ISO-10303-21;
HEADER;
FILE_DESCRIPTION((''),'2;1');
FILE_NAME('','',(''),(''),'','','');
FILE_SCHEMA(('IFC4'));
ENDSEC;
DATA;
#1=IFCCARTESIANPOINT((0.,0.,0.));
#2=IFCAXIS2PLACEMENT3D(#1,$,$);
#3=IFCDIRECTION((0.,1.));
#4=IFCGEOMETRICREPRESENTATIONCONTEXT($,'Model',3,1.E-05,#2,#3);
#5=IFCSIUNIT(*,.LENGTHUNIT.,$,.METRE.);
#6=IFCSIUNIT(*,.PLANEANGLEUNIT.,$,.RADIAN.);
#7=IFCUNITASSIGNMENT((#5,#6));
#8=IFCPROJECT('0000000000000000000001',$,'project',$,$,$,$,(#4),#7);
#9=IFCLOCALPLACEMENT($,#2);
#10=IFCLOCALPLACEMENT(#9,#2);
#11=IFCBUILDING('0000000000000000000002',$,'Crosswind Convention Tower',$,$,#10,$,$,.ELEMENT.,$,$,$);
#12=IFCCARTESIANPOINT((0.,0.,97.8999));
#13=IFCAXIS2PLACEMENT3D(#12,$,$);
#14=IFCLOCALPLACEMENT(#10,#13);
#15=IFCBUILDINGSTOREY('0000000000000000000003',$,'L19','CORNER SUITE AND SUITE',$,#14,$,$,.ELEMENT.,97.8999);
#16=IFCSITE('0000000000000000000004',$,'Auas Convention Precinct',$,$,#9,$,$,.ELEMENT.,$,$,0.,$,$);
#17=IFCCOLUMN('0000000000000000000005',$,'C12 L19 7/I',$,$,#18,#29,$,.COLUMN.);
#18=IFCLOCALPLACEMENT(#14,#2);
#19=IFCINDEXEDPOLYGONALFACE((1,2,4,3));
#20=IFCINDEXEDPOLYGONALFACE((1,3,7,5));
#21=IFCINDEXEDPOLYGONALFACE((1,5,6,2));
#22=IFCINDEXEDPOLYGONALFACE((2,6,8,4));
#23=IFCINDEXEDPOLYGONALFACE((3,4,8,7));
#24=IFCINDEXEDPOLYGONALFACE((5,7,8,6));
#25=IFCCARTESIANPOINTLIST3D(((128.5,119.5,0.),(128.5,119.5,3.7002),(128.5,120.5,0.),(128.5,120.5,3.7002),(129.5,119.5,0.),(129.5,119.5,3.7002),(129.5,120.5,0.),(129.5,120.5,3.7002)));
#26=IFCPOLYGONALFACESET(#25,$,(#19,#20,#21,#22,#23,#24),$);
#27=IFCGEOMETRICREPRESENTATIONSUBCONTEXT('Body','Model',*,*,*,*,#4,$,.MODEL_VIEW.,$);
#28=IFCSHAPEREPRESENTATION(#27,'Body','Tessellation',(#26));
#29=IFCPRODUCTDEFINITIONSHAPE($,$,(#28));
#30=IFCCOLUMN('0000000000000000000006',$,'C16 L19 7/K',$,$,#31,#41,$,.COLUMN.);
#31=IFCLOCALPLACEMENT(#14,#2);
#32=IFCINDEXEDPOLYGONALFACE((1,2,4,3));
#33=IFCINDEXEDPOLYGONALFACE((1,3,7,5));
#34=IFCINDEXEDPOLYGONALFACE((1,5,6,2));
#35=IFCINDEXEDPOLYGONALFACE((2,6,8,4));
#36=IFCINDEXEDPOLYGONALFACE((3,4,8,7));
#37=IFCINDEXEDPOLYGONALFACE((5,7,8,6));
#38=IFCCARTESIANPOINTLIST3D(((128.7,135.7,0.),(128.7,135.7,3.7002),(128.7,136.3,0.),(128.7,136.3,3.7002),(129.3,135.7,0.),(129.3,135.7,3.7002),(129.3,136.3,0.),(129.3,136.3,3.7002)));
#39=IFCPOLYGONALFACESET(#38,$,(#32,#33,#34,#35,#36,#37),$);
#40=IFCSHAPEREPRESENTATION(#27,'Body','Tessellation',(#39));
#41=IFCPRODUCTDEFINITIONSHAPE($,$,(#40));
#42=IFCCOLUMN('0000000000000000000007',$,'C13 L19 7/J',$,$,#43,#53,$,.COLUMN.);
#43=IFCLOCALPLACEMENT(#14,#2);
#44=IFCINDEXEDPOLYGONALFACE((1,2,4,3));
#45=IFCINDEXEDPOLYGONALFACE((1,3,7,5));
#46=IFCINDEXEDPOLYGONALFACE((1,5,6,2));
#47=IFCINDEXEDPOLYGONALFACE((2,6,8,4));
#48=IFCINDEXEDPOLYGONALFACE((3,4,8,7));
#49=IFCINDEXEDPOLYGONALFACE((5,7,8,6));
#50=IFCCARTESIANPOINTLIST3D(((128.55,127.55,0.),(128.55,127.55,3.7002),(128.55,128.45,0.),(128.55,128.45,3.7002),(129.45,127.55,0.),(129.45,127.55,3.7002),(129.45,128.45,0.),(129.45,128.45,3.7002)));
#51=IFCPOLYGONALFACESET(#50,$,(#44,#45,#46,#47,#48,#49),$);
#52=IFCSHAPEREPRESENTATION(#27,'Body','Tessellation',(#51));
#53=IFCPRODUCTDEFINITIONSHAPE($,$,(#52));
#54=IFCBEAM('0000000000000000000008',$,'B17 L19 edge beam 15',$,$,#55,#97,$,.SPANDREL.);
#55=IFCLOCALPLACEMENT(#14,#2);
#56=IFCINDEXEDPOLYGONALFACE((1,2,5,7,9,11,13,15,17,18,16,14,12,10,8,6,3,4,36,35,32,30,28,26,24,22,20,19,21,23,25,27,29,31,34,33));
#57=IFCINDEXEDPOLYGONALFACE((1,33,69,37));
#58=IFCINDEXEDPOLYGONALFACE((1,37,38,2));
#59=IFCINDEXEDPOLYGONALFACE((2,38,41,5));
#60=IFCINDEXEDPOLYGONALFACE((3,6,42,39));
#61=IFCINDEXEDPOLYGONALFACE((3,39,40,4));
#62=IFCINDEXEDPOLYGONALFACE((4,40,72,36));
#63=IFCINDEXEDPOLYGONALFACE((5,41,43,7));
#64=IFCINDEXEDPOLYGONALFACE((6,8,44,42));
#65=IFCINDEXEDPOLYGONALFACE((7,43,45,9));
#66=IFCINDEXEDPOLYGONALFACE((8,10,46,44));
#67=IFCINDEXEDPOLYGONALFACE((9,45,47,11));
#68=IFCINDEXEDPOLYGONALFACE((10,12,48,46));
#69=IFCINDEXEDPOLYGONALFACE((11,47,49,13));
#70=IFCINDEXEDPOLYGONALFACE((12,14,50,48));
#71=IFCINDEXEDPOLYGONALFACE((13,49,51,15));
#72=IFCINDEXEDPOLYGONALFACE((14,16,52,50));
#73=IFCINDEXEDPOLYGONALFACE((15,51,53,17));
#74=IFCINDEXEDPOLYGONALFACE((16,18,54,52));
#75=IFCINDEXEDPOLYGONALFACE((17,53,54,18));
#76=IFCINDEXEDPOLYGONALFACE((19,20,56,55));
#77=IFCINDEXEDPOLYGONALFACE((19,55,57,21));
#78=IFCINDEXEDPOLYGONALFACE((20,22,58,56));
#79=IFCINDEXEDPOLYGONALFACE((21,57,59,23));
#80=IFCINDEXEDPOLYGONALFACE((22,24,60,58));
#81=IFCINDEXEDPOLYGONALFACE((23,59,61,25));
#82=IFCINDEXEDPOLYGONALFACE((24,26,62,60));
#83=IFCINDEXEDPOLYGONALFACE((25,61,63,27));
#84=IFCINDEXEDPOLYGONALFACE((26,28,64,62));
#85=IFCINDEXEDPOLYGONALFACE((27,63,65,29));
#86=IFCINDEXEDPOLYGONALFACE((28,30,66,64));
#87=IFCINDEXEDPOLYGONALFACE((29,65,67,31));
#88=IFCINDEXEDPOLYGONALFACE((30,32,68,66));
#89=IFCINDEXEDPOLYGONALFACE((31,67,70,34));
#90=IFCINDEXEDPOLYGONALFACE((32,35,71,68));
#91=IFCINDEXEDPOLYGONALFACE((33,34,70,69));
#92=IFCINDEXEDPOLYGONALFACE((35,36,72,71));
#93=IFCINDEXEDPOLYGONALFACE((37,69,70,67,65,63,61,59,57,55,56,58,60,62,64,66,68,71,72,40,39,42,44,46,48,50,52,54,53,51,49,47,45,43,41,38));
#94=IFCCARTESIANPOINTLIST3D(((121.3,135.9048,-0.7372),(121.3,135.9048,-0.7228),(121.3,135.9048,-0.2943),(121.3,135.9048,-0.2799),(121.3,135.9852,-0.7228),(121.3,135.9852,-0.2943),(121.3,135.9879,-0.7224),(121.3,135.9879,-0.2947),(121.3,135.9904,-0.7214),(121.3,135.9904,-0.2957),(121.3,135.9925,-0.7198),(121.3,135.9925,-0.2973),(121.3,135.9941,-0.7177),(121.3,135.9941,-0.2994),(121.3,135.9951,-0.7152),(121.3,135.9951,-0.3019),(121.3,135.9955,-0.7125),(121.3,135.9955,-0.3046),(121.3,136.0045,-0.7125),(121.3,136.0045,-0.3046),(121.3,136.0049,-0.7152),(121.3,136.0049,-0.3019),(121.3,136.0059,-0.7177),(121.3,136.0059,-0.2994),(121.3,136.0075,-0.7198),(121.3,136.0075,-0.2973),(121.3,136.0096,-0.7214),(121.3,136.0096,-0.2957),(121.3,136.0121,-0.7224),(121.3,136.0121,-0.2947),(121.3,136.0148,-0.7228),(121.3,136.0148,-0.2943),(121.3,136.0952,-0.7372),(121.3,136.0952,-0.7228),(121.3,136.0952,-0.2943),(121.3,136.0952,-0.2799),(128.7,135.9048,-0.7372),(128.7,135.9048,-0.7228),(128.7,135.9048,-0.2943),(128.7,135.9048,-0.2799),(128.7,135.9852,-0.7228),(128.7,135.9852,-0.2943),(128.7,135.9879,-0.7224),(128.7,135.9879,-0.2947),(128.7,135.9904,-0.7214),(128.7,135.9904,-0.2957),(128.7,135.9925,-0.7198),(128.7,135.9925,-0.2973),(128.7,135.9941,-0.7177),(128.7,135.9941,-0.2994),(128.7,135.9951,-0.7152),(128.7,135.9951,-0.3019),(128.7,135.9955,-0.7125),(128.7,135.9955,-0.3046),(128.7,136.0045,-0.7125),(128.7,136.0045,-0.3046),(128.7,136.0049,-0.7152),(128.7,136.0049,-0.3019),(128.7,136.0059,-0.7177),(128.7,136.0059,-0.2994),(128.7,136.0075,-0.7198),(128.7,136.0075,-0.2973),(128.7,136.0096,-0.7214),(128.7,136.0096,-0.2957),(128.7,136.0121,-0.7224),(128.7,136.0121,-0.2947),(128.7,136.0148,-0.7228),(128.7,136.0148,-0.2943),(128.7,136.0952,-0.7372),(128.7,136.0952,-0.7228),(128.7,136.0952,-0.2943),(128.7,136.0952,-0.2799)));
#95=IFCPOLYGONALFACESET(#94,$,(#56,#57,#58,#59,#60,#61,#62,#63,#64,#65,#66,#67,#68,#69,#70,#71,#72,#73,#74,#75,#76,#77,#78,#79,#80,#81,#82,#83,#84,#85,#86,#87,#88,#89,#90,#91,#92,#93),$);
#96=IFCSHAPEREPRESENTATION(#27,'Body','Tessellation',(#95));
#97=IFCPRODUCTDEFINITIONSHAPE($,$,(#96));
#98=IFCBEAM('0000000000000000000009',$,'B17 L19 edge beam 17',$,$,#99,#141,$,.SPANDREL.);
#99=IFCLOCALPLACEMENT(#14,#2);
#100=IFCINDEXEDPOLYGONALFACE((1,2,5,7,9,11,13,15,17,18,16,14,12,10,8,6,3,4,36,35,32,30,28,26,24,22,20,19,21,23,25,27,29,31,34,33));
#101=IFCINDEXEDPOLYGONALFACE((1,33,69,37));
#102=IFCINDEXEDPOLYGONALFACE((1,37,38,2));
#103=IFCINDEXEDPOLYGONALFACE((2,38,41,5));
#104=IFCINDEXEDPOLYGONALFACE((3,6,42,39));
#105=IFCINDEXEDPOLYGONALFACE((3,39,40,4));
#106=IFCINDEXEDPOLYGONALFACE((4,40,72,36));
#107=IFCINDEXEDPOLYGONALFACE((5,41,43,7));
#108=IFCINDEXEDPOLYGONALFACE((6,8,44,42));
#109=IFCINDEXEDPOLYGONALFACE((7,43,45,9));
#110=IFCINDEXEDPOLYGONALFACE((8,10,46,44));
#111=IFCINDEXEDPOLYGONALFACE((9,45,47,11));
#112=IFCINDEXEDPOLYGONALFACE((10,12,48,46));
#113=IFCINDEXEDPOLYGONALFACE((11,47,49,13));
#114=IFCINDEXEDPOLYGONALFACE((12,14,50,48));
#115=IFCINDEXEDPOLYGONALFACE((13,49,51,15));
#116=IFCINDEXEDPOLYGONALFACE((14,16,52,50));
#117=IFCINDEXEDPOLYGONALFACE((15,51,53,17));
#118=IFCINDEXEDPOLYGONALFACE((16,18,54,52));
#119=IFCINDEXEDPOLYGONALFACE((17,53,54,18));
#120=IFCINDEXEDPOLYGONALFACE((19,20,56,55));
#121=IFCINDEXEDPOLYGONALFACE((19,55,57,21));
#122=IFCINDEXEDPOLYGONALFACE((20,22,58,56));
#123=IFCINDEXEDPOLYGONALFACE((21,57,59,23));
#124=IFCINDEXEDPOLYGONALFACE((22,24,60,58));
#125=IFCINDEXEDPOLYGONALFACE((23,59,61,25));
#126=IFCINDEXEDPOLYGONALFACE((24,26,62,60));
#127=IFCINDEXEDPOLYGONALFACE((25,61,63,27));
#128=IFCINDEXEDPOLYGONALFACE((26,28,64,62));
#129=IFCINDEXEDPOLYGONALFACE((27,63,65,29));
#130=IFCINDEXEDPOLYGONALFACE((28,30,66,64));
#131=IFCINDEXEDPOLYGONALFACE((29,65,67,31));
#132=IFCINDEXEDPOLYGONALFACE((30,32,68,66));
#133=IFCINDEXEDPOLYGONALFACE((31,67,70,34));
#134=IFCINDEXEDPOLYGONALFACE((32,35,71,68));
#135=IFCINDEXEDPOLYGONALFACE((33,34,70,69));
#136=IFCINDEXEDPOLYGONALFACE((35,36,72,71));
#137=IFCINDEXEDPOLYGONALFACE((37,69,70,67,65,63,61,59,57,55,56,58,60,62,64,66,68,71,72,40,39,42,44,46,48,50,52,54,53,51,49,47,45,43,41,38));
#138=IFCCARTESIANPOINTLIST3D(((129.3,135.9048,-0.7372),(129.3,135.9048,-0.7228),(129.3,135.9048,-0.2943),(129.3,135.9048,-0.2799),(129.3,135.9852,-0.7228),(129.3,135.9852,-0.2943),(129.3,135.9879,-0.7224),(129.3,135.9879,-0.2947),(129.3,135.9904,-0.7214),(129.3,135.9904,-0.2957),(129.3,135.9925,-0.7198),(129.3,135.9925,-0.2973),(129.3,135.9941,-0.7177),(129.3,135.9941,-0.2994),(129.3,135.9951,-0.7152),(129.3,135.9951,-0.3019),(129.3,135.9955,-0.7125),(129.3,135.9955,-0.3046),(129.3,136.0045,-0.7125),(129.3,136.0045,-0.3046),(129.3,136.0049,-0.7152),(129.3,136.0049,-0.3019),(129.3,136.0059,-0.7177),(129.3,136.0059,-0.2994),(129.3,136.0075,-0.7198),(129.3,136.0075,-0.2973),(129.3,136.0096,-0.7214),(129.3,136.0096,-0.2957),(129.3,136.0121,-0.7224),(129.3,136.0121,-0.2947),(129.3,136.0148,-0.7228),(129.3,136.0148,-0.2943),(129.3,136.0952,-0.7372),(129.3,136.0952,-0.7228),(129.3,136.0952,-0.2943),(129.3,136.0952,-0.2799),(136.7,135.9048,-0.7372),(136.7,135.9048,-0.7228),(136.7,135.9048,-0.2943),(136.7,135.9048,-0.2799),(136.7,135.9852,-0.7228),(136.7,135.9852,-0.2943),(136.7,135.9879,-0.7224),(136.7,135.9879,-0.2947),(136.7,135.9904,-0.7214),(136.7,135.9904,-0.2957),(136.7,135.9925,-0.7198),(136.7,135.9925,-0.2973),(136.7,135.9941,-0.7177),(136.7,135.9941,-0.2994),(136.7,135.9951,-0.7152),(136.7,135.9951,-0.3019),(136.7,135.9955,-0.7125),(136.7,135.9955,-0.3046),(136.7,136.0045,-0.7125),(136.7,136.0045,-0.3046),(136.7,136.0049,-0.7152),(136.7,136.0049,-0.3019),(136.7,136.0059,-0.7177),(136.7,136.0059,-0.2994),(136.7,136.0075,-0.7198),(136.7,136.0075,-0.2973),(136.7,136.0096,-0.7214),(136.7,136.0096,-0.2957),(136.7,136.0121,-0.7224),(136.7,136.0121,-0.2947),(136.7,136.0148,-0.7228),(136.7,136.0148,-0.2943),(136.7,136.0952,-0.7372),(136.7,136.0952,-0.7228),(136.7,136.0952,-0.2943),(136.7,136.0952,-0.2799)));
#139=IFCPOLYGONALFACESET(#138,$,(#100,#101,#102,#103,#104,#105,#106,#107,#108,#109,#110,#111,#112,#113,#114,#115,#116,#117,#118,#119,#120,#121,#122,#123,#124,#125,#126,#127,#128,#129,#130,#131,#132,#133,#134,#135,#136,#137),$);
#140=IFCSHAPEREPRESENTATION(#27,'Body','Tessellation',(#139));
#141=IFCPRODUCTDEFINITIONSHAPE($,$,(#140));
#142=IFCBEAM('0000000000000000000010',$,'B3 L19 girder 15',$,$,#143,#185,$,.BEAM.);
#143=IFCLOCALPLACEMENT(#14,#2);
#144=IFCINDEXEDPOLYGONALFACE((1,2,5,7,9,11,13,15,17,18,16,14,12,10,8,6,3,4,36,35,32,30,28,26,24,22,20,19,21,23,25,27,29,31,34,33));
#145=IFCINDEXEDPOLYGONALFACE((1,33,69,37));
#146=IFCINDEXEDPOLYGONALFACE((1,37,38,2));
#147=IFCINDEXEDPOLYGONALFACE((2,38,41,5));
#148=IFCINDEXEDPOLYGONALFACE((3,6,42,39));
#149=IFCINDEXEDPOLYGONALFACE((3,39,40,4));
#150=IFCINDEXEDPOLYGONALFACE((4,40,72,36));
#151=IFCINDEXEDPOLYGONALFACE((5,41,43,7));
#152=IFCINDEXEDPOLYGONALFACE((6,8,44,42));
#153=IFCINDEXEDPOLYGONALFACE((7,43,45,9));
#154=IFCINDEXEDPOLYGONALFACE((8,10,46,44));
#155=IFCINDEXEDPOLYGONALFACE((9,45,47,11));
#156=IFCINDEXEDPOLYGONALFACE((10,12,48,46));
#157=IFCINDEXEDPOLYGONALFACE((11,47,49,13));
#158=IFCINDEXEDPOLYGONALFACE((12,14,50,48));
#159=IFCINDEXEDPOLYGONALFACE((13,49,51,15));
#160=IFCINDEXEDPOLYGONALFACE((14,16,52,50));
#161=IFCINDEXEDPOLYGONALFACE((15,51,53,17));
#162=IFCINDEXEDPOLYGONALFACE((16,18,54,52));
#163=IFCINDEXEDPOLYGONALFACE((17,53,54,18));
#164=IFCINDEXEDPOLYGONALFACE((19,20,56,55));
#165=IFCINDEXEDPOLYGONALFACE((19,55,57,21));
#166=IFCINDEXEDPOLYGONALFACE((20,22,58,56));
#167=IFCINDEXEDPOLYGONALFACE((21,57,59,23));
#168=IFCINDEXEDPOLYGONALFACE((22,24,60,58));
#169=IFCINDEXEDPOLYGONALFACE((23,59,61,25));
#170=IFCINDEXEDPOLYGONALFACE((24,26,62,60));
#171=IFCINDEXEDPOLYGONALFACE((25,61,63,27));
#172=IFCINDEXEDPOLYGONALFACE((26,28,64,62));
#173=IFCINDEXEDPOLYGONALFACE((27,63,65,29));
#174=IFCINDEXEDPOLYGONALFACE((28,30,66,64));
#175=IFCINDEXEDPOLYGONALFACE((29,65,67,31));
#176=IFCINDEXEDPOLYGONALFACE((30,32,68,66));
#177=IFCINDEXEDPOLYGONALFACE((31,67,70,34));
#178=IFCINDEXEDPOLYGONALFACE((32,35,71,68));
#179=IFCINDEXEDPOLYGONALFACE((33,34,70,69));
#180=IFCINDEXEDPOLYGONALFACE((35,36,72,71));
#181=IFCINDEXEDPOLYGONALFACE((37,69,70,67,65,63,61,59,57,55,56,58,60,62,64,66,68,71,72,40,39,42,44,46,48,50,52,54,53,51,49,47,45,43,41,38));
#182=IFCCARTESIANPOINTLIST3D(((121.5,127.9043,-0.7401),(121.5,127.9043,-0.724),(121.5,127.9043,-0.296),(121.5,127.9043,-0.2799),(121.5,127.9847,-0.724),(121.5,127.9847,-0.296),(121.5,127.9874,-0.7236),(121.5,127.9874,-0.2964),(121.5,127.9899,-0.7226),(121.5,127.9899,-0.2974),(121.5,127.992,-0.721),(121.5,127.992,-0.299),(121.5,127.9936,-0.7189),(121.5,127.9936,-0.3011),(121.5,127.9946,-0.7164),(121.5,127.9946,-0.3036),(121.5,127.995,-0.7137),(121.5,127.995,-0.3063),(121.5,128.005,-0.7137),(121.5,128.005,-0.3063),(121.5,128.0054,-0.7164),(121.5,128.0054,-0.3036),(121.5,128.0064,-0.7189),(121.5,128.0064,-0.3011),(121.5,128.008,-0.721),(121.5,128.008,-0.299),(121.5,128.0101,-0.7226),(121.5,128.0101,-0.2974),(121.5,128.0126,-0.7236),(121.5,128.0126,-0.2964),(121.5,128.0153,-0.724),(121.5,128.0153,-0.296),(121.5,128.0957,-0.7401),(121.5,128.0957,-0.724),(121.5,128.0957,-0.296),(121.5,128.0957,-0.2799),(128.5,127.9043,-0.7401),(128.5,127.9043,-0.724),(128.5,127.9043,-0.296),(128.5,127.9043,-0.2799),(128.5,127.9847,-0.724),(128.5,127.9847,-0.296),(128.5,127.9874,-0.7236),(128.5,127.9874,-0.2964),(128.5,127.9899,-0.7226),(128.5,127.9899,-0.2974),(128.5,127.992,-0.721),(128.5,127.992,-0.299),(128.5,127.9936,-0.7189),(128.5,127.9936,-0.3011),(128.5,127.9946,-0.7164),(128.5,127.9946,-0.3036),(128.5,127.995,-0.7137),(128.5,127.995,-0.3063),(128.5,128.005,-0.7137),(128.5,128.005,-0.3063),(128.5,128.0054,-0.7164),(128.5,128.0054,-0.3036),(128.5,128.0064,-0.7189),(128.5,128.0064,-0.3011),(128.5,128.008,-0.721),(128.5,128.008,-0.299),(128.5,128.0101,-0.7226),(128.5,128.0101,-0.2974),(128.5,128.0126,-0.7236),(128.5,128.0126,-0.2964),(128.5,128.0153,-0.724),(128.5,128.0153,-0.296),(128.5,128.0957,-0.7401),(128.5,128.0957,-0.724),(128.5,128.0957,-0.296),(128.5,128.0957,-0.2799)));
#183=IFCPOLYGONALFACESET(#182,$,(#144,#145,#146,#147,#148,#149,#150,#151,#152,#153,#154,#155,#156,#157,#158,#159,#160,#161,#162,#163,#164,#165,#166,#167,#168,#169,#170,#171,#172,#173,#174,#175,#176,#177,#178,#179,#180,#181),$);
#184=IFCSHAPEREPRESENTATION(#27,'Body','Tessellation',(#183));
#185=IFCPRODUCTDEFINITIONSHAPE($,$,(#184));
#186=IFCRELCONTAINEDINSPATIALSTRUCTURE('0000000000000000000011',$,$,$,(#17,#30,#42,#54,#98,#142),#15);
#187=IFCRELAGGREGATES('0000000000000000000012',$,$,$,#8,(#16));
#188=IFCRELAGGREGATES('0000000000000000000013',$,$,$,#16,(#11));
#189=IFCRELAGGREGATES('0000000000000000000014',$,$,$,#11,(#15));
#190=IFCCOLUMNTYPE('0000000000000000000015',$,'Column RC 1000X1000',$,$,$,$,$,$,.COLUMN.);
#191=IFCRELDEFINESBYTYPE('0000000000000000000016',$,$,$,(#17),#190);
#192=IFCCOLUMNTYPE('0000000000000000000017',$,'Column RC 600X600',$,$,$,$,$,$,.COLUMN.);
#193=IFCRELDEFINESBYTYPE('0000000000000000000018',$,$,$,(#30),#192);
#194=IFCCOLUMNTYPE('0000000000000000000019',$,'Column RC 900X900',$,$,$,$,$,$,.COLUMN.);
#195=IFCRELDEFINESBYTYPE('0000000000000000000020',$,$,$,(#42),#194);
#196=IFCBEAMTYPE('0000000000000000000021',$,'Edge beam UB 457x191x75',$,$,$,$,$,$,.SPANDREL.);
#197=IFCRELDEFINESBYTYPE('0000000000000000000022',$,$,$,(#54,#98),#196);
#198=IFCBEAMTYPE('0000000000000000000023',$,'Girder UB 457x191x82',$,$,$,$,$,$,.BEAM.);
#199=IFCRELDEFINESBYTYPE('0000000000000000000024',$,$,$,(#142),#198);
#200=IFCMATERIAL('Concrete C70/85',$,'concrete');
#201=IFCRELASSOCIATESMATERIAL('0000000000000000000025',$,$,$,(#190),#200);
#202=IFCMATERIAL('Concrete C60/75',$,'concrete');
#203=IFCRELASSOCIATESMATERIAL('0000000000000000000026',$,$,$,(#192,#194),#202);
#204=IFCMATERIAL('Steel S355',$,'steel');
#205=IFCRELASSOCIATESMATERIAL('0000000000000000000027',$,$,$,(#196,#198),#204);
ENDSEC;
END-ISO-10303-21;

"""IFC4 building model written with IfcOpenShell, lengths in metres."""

from ifc_helpers import new_model, si_unit, direction, frame, origin, origin_2d, place, context, subcontext, project, spatial, rectangle, i_section, extrude, material, material_profile, profile_set, type_object, element, save


model = new_model("IFC4")

# Units and contexts
model_context = context("Model", 3, precision=1e-05, world=origin(), true_north=direction((0.0, 1.0)))
body_context = subcontext(model_context, "Body", "Model", "MODEL_VIEW")
ifc_project = project(units=[si_unit("LENGTHUNIT", "METRE"), si_unit("PLANEANGLEUNIT", "RADIAN")], contexts=[model_context])

# Site, building, storey
site_placement = place(None, origin())
site = spatial("IfcSite", under=ifc_project, at=site_placement, Name="Auas Convention Precinct", CompositionType="ELEMENT", RefElevation=0.0)
building_placement = place(site_placement, origin())
building = spatial("IfcBuilding", under=site, at=building_placement, Name="Crosswind Convention Tower", CompositionType="ELEMENT")
storey_placement = place(building_placement, frame((0.0, 0.0, 97.8999)))
storey = spatial("IfcBuildingStorey", under=building, at=storey_placement, Name="L19", Description="CORNER SUITE AND SUITE", CompositionType="ELEMENT", Elevation=97.8999)

# Columns
ifc_material_1 = material(Name="Concrete C70/85", Category="concrete")
ifc_material_profile_1 = material_profile(ifc_material_1, rectangle(XDim=1.0, YDim=1.0, at=origin_2d()), Name="RC 1000X1000")
ifc_profile_set_1 = profile_set([ifc_material_profile_1], Name="Concrete C70/85")
column_type_1 = type_object("IfcColumnType", Name="Column RC 1000X1000", PredefinedType="COLUMN", material=ifc_profile_set_1)
column_1_placement = place(storey_placement, frame((129.0, 120.0, 0.0), z_axis=(0.0, 0.0, 1.0), x_axis=(1.0, 0.0, 0.0)))
element("IfcColumn", 1, at=column_1_placement, inside=storey, type_object=column_type_1, Name="C12 L19 7/I", PredefinedType="COLUMN", context=body_context, shape_type="SweptSolid", body=[
    extrude(rectangle(XDim=1.0, YDim=1.0, at=origin_2d()), origin(), (0.0, 0.0, 1.0), 3.7002),
])
ifc_material_2 = material(Name="Concrete C60/75", Category="concrete")
ifc_material_profile_2 = material_profile(ifc_material_2, rectangle(XDim=0.6001, YDim=0.6001, at=origin_2d()), Name="RC 600X600")
ifc_profile_set_2 = profile_set([ifc_material_profile_2], Name="Concrete C60/75")
column_type_2 = type_object("IfcColumnType", Name="Column RC 600X600", PredefinedType="COLUMN", material=ifc_profile_set_2)
column_2_placement = place(storey_placement, frame((129.0, 136.0, 0.0), z_axis=(0.0, 0.0, 1.0), x_axis=(1.0, 0.0, 0.0)))
element("IfcColumn", 2, at=column_2_placement, inside=storey, type_object=column_type_2, Name="C16 L19 7/K", PredefinedType="COLUMN", context=body_context, shape_type="SweptSolid", body=[
    extrude(rectangle(XDim=0.6001, YDim=0.6001, at=origin_2d()), origin(), (0.0, 0.0, 1.0), 3.7002),
])
ifc_material_profile_3 = material_profile(ifc_material_2, rectangle(XDim=0.8999, YDim=0.8999, at=origin_2d()), Name="RC 900X900")
ifc_profile_set_3 = profile_set([ifc_material_profile_3], Name="Concrete C60/75")
column_type_3 = type_object("IfcColumnType", Name="Column RC 900X900", PredefinedType="COLUMN", material=ifc_profile_set_3)
column_3_placement = place(storey_placement, frame((129.0, 128.0, 0.0), z_axis=(0.0, 0.0, 1.0), x_axis=(1.0, 0.0, 0.0)))
element("IfcColumn", 3, at=column_3_placement, inside=storey, type_object=column_type_3, Name="C13 L19 7/J", PredefinedType="COLUMN", context=body_context, shape_type="SweptSolid", body=[
    extrude(rectangle(XDim=0.8999, YDim=0.8999, at=origin_2d()), origin(), (0.0, 0.0, 1.0), 3.7002),
])

# Beams
ifc_material_3 = material(Name="Steel S355", Category="steel")
ifc_material_profile_4 = material_profile(ifc_material_3, i_section(OverallWidth=0.1904, OverallDepth=0.4573, WebThickness=0.009, FlangeThickness=0.0144, FilletRadius=0.0103, at=origin_2d()), Name="UB 457x191x75")
ifc_profile_set_4 = profile_set([ifc_material_profile_4], Name="Steel S355")
beam_type_1 = type_object("IfcBeamType", Name="Edge beam UB 457x191x75", PredefinedType="SPANDREL", material=ifc_profile_set_4)
for number, where, z_axis, x_axis, name in (
    (4, (121.3, 136.0, -0.5085), (1.0, 0.0, 0.0), (0.0, 1.0, 0.0), "B17 L19 edge beam 15"),
    (5, (129.3, 136.0, -0.5085), (1.0, 0.0, 0.0), (0.0, 1.0, 0.0), "B17 L19 edge beam 17"),
):
    element("IfcBeam", number, at=place(storey_placement, frame(where, z_axis=z_axis, x_axis=x_axis)), inside=storey, type_object=beam_type_1, Name=name, PredefinedType="SPANDREL", context=body_context, shape_type="SweptSolid", body=[
        extrude(i_section(OverallWidth=0.1904, OverallDepth=0.4573, WebThickness=0.009, FlangeThickness=0.0144, FilletRadius=0.0103, at=origin_2d()), origin(), (0.0, 0.0, 1.0), 7.3999),
    ])
ifc_material_profile_5 = material_profile(ifc_material_3, i_section(OverallWidth=0.1914, OverallDepth=0.4602, WebThickness=0.01, FlangeThickness=0.0161, FilletRadius=0.0103, at=origin_2d()), Name="UB 457x191x82")
ifc_profile_set_5 = profile_set([ifc_material_profile_5], Name="Steel S355")
beam_type_2 = type_object("IfcBeamType", Name="Girder UB 457x191x82", PredefinedType="BEAM", material=ifc_profile_set_5)
beam_1_placement = place(storey_placement, frame((121.5, 128.0, -0.51), z_axis=(1.0, 0.0, 0.0), x_axis=(0.0, 1.0, 0.0)))
element("IfcBeam", 6, at=beam_1_placement, inside=storey, type_object=beam_type_2, Name="B3 L19 girder 15", PredefinedType="BEAM", context=body_context, shape_type="SweptSolid", body=[
    extrude(i_section(OverallWidth=0.1914, OverallDepth=0.4602, WebThickness=0.01, FlangeThickness=0.0161, FilletRadius=0.0103, at=origin_2d()), origin(), (0.0, 0.0, 1.0), 7.0),
])

save(model, "model.ifc")
